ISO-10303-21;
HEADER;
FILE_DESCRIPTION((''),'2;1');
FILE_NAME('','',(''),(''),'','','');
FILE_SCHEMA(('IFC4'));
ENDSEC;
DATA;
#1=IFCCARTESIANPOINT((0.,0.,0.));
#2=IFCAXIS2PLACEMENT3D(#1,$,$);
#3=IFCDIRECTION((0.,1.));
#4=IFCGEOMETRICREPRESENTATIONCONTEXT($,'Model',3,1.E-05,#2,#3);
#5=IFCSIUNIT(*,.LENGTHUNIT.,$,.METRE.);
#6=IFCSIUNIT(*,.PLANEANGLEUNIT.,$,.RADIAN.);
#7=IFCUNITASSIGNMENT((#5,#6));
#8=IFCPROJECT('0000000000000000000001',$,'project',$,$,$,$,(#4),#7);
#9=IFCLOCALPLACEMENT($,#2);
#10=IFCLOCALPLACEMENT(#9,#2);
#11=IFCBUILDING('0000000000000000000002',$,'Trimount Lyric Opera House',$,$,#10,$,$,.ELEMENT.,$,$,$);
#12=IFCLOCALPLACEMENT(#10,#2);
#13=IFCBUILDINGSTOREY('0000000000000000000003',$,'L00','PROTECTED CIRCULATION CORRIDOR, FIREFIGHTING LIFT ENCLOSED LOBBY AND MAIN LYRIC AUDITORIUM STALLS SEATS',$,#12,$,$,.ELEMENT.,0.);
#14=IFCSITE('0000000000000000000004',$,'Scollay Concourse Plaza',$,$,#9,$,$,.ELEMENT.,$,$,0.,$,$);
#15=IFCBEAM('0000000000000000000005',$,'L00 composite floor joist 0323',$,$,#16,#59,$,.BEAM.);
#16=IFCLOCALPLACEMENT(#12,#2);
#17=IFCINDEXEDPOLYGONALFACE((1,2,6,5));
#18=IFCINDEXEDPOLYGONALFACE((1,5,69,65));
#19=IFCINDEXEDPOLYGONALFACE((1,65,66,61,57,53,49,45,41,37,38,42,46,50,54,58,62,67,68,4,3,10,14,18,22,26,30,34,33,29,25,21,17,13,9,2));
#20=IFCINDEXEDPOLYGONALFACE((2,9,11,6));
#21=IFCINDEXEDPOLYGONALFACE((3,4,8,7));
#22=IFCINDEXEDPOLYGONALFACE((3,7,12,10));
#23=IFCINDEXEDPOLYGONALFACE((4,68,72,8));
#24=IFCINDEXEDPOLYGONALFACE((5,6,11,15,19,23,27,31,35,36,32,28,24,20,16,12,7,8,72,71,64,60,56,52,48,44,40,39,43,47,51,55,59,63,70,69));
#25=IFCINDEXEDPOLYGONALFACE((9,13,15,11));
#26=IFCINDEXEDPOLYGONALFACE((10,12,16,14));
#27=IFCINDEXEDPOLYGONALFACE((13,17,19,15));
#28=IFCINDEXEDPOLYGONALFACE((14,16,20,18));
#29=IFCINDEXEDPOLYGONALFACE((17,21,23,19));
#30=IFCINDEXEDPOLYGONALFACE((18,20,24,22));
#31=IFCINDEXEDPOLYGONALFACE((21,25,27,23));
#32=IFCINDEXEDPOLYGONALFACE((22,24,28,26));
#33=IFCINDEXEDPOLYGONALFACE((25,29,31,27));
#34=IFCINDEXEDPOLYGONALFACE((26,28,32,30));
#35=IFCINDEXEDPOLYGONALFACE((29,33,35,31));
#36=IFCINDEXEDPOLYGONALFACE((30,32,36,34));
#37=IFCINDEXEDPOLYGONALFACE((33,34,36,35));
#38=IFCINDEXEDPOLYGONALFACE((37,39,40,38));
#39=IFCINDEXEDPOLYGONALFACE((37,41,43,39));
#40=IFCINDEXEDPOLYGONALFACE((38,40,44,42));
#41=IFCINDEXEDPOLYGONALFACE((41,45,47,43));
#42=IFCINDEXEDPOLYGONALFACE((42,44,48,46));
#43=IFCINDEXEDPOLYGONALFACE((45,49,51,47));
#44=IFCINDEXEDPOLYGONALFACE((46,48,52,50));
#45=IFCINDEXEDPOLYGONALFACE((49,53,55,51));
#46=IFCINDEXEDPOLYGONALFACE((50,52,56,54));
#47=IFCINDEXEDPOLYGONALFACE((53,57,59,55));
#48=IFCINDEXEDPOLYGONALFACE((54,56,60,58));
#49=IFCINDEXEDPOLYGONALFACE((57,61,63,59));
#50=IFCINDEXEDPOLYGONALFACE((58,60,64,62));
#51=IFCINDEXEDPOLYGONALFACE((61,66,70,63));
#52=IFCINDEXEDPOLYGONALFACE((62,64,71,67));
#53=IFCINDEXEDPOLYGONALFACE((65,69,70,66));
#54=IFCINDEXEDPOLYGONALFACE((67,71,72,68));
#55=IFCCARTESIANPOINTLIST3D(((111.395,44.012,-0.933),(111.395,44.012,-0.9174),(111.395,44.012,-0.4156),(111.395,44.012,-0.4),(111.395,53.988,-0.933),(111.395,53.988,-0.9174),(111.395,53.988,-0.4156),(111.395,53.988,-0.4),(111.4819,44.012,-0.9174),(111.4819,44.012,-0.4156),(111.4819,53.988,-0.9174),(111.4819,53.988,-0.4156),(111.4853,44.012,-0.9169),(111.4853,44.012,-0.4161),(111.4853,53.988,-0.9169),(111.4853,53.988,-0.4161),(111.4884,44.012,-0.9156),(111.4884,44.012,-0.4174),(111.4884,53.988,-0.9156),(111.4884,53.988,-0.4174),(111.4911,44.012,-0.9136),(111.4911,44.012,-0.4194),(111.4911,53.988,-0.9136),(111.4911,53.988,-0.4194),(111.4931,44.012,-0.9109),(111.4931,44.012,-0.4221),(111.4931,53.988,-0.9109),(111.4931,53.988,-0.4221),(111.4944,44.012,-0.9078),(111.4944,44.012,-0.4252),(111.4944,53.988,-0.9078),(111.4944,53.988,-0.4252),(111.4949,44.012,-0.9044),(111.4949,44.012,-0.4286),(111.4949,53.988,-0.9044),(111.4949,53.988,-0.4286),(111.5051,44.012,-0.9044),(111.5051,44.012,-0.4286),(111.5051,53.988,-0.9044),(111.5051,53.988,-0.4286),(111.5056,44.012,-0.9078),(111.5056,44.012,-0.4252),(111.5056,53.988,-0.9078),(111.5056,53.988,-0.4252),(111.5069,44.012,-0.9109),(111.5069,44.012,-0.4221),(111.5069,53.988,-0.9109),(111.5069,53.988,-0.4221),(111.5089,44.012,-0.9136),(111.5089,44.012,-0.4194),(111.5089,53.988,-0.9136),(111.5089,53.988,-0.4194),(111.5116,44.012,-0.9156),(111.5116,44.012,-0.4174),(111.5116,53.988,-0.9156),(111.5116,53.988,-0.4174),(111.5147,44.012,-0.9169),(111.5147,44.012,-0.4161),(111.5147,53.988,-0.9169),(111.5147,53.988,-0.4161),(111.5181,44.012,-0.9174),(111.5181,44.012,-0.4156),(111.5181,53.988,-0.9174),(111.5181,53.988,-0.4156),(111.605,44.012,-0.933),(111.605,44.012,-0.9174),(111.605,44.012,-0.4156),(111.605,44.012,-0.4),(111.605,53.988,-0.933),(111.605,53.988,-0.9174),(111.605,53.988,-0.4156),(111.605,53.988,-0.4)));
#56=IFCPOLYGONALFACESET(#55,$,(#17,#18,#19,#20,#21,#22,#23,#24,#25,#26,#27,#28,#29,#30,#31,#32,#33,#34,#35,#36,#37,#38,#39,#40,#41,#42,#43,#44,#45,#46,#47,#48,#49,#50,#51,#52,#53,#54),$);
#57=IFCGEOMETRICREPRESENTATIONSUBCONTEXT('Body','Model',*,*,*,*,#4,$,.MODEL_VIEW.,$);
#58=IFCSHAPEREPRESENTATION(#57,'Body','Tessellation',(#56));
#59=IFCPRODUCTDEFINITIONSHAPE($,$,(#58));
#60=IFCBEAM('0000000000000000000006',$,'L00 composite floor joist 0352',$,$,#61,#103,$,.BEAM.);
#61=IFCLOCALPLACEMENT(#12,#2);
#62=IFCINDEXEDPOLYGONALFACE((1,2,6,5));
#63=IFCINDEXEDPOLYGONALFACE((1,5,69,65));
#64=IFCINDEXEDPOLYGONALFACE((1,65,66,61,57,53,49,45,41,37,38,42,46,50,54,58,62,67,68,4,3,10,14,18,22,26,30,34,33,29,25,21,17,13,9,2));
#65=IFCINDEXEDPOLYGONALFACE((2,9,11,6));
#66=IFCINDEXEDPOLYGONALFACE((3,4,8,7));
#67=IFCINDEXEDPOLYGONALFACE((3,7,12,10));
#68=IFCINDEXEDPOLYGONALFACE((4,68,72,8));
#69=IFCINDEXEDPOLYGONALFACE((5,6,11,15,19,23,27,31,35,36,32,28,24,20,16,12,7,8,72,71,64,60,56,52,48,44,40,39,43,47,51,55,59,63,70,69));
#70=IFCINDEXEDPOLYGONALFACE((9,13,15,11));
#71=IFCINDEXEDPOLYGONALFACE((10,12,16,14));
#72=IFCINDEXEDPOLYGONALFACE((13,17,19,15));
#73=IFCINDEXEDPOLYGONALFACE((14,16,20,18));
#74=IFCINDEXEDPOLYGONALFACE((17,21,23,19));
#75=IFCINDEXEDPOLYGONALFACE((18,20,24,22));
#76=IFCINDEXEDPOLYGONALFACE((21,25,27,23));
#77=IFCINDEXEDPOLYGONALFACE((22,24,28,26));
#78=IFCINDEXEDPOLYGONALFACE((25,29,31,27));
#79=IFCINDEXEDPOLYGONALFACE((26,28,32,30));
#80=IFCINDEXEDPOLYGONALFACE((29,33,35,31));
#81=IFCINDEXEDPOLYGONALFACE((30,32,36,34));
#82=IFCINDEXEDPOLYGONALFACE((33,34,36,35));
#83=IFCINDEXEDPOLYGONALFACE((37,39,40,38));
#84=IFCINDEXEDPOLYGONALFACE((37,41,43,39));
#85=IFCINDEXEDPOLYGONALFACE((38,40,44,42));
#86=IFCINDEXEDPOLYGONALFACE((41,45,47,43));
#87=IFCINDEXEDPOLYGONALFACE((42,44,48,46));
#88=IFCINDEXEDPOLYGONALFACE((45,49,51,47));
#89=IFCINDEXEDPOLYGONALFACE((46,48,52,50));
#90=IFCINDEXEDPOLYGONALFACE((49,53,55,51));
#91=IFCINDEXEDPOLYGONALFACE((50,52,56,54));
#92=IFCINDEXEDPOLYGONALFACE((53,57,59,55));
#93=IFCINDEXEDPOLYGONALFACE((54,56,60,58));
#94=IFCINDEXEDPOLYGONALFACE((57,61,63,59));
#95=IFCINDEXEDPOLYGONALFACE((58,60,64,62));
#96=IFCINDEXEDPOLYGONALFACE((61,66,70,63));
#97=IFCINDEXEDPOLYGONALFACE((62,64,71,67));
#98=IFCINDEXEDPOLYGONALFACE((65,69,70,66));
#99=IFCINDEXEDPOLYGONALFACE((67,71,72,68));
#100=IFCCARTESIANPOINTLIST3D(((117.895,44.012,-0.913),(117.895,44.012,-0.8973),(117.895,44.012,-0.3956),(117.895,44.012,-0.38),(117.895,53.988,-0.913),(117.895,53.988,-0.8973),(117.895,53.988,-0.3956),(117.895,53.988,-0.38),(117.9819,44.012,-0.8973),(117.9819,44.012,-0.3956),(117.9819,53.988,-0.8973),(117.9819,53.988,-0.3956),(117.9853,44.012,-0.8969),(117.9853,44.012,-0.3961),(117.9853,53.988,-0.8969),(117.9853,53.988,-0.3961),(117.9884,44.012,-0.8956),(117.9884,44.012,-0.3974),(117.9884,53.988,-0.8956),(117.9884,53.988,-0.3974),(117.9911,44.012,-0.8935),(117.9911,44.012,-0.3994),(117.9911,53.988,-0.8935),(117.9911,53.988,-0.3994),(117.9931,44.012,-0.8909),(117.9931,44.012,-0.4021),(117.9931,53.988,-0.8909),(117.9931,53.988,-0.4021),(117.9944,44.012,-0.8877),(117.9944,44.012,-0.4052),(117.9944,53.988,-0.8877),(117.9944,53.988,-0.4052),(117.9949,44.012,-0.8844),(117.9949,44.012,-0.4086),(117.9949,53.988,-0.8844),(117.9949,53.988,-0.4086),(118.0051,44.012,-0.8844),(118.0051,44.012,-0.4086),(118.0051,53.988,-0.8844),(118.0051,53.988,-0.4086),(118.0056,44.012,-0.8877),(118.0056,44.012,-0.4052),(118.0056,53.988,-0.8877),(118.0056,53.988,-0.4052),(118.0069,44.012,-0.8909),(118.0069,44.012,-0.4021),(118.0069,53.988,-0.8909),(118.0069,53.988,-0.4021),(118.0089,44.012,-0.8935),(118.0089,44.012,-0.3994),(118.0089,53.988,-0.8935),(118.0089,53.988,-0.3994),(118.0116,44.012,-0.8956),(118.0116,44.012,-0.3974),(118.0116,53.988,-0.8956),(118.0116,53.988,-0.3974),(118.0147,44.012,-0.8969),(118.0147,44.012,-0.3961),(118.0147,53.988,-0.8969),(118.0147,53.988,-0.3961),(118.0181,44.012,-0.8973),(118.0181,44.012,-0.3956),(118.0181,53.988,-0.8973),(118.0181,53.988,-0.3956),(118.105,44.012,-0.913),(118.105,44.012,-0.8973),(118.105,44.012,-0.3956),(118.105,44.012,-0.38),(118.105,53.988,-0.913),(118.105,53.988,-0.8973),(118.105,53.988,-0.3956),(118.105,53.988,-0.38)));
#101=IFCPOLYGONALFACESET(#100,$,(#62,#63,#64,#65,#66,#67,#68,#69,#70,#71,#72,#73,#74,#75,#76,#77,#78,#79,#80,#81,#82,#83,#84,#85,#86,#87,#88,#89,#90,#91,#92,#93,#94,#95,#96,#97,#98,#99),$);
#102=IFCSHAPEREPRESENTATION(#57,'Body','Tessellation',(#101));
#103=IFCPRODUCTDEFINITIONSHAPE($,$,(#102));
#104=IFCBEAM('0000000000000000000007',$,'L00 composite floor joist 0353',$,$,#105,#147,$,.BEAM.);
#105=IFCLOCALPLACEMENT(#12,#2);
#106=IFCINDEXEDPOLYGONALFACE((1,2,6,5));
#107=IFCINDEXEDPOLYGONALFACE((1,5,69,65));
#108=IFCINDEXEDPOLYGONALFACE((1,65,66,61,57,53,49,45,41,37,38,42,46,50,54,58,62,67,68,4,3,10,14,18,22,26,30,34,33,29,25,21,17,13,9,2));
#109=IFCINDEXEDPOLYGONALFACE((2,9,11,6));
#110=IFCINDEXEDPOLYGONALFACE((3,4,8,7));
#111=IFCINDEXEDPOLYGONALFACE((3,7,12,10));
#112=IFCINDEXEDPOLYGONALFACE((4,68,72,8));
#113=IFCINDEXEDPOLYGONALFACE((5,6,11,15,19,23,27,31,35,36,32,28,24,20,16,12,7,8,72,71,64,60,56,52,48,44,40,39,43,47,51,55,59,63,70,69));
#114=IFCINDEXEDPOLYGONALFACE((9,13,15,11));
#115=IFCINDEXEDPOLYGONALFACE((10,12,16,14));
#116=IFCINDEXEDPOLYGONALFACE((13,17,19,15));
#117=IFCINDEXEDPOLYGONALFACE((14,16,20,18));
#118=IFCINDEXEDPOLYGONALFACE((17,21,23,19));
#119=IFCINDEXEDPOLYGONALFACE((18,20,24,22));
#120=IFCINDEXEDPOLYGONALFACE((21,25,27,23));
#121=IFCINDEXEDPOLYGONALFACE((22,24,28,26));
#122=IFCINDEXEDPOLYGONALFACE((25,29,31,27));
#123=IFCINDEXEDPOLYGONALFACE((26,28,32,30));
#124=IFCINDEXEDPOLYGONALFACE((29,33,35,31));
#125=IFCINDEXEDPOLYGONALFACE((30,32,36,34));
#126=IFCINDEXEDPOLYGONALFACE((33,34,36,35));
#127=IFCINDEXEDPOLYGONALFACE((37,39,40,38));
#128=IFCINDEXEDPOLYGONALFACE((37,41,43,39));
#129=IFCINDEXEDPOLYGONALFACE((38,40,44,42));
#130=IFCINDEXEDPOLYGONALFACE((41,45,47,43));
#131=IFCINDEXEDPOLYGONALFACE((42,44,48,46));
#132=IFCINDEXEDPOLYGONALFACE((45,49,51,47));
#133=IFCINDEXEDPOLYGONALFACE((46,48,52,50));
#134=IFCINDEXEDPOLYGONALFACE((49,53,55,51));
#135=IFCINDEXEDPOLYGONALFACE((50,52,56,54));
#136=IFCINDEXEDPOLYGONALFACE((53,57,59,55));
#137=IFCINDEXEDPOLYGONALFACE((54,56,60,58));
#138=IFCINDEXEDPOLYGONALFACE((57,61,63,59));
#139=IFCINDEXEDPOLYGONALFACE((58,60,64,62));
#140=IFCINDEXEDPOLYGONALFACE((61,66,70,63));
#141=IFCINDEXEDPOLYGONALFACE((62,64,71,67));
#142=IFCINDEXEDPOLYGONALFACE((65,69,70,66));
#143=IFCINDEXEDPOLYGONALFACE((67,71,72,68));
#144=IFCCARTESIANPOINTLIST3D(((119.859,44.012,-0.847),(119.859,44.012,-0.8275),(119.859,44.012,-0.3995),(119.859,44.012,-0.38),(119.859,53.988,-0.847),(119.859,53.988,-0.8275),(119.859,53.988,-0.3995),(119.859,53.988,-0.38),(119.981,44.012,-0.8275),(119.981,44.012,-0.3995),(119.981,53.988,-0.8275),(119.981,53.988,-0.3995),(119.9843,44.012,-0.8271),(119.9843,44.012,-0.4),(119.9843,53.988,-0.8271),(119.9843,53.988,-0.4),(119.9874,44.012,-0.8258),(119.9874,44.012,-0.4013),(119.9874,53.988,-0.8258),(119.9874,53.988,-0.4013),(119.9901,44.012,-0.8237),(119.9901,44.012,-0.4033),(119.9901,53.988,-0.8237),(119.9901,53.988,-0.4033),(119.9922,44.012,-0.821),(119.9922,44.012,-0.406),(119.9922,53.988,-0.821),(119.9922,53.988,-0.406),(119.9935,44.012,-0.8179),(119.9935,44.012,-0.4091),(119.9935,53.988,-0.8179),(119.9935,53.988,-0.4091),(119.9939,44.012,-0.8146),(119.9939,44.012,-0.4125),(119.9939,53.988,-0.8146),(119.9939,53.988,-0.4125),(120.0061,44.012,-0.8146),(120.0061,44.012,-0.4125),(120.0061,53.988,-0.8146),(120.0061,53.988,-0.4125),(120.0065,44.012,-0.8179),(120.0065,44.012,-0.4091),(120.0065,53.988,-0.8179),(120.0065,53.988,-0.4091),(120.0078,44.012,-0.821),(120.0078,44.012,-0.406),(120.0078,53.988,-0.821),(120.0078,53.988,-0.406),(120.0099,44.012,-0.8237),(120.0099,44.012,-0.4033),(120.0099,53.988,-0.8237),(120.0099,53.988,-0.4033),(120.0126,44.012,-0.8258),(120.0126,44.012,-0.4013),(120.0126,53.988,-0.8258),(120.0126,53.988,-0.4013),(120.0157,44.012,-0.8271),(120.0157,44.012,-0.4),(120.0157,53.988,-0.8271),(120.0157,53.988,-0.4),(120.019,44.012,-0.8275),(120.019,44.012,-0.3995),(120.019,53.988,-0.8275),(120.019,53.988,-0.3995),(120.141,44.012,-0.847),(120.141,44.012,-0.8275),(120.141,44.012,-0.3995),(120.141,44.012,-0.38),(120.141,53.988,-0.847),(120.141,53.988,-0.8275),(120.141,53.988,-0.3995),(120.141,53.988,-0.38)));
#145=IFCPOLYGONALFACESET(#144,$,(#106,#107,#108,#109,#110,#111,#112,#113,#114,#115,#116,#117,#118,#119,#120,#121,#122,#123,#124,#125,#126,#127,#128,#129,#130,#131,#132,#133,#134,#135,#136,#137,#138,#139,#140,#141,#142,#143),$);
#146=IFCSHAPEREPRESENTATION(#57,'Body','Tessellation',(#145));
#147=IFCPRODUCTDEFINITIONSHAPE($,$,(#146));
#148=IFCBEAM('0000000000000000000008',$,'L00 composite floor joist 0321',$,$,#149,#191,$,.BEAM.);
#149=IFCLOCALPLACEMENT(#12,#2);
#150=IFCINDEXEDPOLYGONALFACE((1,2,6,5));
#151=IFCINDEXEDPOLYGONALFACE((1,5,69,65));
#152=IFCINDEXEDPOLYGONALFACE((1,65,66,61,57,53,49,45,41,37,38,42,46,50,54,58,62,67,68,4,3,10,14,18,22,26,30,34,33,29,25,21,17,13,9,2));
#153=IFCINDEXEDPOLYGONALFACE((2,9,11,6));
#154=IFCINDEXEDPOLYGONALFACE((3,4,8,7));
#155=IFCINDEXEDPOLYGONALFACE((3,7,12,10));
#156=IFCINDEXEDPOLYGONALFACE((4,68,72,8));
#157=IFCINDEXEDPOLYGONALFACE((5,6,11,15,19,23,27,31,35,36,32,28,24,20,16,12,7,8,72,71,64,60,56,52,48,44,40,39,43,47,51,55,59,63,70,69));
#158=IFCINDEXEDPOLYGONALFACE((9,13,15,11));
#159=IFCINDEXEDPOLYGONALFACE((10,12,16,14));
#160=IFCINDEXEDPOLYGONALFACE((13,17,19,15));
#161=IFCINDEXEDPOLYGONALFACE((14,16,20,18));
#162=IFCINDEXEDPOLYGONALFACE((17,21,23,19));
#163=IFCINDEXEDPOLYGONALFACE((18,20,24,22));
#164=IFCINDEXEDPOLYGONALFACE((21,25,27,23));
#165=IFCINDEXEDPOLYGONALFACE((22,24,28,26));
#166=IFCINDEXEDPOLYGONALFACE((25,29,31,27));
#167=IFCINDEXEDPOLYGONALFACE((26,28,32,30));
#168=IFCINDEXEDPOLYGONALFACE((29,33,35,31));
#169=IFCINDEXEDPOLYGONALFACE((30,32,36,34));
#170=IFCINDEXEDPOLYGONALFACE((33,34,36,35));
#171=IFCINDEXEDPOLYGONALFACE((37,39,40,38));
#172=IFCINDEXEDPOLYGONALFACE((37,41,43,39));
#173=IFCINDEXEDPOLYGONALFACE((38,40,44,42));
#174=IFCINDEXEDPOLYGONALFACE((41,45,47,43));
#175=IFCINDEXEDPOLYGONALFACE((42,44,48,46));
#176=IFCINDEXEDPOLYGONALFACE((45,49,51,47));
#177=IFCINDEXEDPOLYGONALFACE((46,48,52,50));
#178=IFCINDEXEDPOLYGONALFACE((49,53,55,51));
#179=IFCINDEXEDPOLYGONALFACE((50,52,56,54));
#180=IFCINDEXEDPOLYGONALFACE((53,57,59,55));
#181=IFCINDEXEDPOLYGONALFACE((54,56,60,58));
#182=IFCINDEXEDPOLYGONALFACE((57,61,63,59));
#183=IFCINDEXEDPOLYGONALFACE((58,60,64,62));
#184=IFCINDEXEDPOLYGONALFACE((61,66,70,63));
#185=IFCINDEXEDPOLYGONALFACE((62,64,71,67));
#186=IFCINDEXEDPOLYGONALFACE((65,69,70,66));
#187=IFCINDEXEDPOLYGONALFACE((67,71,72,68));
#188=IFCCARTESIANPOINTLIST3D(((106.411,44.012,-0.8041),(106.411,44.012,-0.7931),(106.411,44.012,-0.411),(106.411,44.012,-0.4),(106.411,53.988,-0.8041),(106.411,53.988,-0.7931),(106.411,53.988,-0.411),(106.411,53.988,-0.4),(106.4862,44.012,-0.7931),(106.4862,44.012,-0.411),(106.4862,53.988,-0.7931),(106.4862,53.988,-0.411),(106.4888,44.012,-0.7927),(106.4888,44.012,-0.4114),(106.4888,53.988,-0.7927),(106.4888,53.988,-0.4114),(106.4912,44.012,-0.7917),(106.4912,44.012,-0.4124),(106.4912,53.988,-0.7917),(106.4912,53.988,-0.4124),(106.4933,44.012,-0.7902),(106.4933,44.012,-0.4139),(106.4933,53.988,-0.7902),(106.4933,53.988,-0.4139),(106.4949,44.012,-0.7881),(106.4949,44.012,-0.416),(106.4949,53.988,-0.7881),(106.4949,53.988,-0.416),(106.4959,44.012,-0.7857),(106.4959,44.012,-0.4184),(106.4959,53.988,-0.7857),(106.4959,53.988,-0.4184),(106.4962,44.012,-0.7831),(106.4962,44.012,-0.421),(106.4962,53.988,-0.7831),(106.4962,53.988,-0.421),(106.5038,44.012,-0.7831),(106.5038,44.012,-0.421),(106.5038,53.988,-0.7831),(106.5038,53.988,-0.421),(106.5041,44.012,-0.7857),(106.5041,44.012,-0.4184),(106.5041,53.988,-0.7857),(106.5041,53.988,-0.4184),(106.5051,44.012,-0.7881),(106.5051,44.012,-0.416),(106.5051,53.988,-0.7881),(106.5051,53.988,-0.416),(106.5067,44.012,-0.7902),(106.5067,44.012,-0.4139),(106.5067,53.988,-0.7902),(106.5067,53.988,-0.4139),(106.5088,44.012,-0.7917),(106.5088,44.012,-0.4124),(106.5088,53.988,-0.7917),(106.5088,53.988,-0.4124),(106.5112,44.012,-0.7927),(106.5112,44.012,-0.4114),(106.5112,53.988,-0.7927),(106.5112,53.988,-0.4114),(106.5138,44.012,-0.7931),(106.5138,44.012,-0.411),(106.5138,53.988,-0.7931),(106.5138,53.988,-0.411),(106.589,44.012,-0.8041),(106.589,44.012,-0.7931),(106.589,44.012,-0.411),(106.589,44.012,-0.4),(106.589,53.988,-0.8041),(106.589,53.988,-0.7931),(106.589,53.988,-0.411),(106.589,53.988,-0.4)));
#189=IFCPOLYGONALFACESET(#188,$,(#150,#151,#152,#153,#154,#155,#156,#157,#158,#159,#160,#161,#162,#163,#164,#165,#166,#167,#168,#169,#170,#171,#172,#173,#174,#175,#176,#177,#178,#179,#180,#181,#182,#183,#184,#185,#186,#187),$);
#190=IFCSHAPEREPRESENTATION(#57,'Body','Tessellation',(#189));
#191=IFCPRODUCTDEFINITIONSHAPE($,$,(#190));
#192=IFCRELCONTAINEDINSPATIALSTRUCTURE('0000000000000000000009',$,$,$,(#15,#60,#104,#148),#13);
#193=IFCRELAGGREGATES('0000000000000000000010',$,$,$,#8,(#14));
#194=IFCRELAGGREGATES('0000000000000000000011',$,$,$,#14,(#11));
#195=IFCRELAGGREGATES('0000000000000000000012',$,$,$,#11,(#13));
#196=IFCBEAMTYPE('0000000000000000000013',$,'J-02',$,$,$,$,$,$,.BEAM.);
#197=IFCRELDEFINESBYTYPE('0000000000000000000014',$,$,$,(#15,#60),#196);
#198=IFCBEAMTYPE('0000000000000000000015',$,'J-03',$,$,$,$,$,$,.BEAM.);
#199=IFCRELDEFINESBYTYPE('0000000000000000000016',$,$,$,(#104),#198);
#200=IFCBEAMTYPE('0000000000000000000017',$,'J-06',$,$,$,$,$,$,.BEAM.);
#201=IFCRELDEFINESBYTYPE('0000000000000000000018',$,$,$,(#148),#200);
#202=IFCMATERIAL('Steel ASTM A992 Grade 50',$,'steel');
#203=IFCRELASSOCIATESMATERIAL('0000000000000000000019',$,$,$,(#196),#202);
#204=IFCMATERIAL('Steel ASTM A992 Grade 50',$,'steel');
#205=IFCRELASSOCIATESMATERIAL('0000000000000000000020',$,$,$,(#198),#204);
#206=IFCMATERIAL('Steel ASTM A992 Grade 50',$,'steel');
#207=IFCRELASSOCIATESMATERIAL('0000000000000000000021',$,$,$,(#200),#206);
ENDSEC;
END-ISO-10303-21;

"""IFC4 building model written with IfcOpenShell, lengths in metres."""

from ifc_helpers import new_model, si_unit, direction, frame, origin, origin_2d, place, context, subcontext, project, spatial, i_section, extrude, material, material_profile, profile_set, type_object, element, save


model = new_model("IFC4")

# Units and contexts
model_context = context("Model", 3, precision=1e-05, world=origin(), true_north=direction((0.0, 1.0)))
body_context = subcontext(model_context, "Body", "Model", "MODEL_VIEW")
ifc_project = project(units=[si_unit("LENGTHUNIT", "METRE"), si_unit("PLANEANGLEUNIT", "RADIAN")], contexts=[model_context])

# Site, building, storey
site_placement = place(None, origin())
site = spatial("IfcSite", under=ifc_project, at=site_placement, Name="Scollay Concourse Plaza", CompositionType="ELEMENT", RefElevation=0.0)
building_placement = place(site_placement, origin())
building = spatial("IfcBuilding", under=site, at=building_placement, Name="Trimount Lyric Opera House", CompositionType="ELEMENT")
storey_placement = place(building_placement, origin())
storey = spatial("IfcBuildingStorey", under=building, at=storey_placement, Name="L00", Description="PROTECTED CIRCULATION CORRIDOR, FIREFIGHTING LIFT ENCLOSED LOBBY AND MAIN LYRIC AUDITORIUM STALLS SEATS", CompositionType="ELEMENT", Elevation=0.0)

# Beams
ifc_material_1 = material(Name="Steel ASTM A992 Grade 50", Category="steel")
ifc_material_profile_1 = material_profile(ifc_material_1, i_section(OverallWidth=0.21, OverallDepth=0.533, WebThickness=0.0103, FlangeThickness=0.0156, FilletRadius=0.0129, at=origin_2d()), Name="W21X62")
ifc_profile_set_1 = profile_set([ifc_material_profile_1], Name="Steel ASTM A992 Grade 50")
beam_type_1 = type_object("IfcBeamType", Name="J-02", PredefinedType="BEAM", material=ifc_profile_set_1)
for number, where, z_axis, x_axis, name in (
    (1, (111.5, 44.012, -0.6665), (0.0, 1.0, 0.0), (-1.0, 0.0, 0.0), "L00 composite floor joist 0323"),
    (2, (118.0, 44.012, -0.6465), (0.0, 1.0, 0.0), (-1.0, 0.0, 0.0), "L00 composite floor joist 0352"),
):
    element("IfcBeam", number, at=place(storey_placement, frame(where, z_axis=z_axis, x_axis=x_axis)), inside=storey, type_object=beam_type_1, Name=name, PredefinedType="BEAM", context=body_context, shape_type="SweptSolid", body=[
        extrude(i_section(OverallWidth=0.21, OverallDepth=0.533, WebThickness=0.0103, FlangeThickness=0.0156, FilletRadius=0.0129, at=origin_2d()), origin(), (0.0, 0.0, 1.0), 9.9761),
    ])
ifc_material_2 = material(Name="Steel ASTM A992 Grade 50", Category="steel")
ifc_material_profile_2 = material_profile(ifc_material_2, i_section(OverallWidth=0.282, OverallDepth=0.467, WebThickness=0.0122, FlangeThickness=0.0195, FilletRadius=0.0129, at=origin_2d()), Name="W18X86")
ifc_profile_set_2 = profile_set([ifc_material_profile_2], Name="Steel ASTM A992 Grade 50")
beam_type_2 = type_object("IfcBeamType", Name="J-03", PredefinedType="BEAM", material=ifc_profile_set_2)
beam_1_placement = place(storey_placement, frame((120.0, 44.012, -0.6135), z_axis=(0.0, 1.0, 0.0), x_axis=(-1.0, 0.0, 0.0)))
element("IfcBeam", 3, at=beam_1_placement, inside=storey, type_object=beam_type_2, Name="L00 composite floor joist 0353", PredefinedType="BEAM", context=body_context, shape_type="SweptSolid", body=[
    extrude(i_section(OverallWidth=0.282, OverallDepth=0.467, WebThickness=0.0122, FlangeThickness=0.0195, FilletRadius=0.0129, at=origin_2d()), origin(), (0.0, 0.0, 1.0), 9.9761),
])
ifc_material_3 = material(Name="Steel ASTM A992 Grade 50", Category="steel")
ifc_material_profile_3 = material_profile(ifc_material_3, i_section(OverallWidth=0.178, OverallDepth=0.4041, WebThickness=0.0076, FlangeThickness=0.011, FilletRadius=0.01, at=origin_2d()), Name="W16X36")
ifc_profile_set_3 = profile_set([ifc_material_profile_3], Name="Steel ASTM A992 Grade 50")
beam_type_3 = type_object("IfcBeamType", Name="J-06", PredefinedType="BEAM", material=ifc_profile_set_3)
beam_2_placement = place(storey_placement, frame((106.5, 44.012, -0.6021), z_axis=(0.0, 1.0, 0.0), x_axis=(-1.0, 0.0, 0.0)))
element("IfcBeam", 4, at=beam_2_placement, inside=storey, type_object=beam_type_3, Name="L00 composite floor joist 0321", PredefinedType="BEAM", context=body_context, shape_type="SweptSolid", body=[
    extrude(i_section(OverallWidth=0.178, OverallDepth=0.4041, WebThickness=0.0076, FlangeThickness=0.011, FilletRadius=0.01, at=origin_2d()), origin(), (0.0, 0.0, 1.0), 9.9761),
])

save(model, "model.ifc")
